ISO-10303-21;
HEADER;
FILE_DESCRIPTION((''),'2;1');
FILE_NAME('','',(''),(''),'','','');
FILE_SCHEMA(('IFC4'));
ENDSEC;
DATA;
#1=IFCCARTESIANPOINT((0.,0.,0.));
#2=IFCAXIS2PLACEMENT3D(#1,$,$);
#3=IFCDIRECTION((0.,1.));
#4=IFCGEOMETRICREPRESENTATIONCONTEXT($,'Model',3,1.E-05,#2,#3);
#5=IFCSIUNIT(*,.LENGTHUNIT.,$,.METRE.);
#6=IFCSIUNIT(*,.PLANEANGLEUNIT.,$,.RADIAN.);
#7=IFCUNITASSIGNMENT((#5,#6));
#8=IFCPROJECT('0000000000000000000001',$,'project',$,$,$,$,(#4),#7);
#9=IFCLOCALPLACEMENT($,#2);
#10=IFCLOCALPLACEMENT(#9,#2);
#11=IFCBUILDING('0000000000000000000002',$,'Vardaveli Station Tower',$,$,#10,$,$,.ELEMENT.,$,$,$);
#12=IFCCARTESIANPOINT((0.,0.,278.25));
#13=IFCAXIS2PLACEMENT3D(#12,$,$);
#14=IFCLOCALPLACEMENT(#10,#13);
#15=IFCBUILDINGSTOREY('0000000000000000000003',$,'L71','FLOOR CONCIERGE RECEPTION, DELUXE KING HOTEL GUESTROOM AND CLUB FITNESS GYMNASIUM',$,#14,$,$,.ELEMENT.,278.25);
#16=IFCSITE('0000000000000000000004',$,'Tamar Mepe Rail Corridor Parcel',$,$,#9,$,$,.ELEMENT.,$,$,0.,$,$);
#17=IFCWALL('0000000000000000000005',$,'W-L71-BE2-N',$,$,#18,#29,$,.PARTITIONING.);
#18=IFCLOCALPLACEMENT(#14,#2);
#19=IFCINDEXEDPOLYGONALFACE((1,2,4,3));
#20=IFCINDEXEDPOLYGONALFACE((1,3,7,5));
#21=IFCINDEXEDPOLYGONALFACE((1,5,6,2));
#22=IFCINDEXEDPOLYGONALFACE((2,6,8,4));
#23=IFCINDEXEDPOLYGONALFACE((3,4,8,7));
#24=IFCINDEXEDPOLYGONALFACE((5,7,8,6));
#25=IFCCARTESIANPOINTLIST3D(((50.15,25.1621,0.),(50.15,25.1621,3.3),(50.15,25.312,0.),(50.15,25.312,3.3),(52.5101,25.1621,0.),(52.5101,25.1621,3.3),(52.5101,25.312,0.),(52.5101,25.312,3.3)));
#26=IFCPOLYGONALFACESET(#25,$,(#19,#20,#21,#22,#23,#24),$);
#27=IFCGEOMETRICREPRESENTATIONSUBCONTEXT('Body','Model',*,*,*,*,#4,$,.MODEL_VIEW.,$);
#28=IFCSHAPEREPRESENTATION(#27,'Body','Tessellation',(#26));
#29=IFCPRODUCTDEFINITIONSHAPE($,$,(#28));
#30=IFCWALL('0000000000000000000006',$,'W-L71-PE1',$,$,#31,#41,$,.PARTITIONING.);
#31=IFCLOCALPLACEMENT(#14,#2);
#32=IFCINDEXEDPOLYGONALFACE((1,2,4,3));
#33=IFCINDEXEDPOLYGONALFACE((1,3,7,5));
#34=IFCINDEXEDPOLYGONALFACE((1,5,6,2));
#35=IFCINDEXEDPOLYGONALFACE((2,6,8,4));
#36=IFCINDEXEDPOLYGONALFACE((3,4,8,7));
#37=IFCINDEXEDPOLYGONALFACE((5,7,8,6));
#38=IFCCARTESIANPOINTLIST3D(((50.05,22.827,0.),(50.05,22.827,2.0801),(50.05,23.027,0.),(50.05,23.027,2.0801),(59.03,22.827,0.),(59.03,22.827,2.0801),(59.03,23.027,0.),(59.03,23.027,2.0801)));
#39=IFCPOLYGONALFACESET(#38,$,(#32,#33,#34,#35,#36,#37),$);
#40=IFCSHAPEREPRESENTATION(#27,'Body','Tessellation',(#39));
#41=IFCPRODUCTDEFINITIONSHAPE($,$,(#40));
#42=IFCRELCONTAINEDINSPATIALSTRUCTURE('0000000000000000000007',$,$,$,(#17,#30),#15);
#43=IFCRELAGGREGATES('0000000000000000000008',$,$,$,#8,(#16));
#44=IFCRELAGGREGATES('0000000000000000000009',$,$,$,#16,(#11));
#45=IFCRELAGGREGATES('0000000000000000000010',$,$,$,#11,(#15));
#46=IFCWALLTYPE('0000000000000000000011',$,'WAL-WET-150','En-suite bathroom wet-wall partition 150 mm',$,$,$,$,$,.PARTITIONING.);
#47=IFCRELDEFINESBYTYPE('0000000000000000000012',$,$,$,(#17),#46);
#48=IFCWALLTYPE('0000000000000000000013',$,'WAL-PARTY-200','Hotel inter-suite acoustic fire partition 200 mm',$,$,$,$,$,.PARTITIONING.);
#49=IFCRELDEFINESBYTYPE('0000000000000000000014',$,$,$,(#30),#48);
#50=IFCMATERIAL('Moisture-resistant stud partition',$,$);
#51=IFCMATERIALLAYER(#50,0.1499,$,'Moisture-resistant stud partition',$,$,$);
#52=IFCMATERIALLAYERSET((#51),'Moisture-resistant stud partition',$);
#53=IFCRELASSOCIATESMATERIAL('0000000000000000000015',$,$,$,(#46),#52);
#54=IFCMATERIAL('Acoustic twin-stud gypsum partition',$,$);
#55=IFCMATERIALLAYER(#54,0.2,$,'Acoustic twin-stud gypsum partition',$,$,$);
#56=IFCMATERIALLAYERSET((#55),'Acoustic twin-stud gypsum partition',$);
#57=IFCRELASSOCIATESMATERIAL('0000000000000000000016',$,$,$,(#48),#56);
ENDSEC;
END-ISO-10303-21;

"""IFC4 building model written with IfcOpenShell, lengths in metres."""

from ifc_helpers import new_model, si_unit, direction, frame, frame_2d, origin, place, context, subcontext, project, spatial, rectangle, extrude, source, transform, mapped, material, layer, layer_set, type_object, element, save


model = new_model("IFC4")

# Units and contexts
model_context = context("Model", 3, precision=1e-05, world=origin(), true_north=direction((0.0, 1.0)))
body_context = subcontext(model_context, "Body", "Model", "MODEL_VIEW")
ifc_project = project(units=[si_unit("LENGTHUNIT", "METRE"), si_unit("PLANEANGLEUNIT", "RADIAN")], contexts=[model_context])

# Site, building, storey
site_placement = place(None, origin())
site = spatial("IfcSite", under=ifc_project, at=site_placement, Name="Tamar Mepe Rail Corridor Parcel", CompositionType="ELEMENT", RefElevation=0.0)
building_placement = place(site_placement, origin())
building = spatial("IfcBuilding", under=site, at=building_placement, Name="Vardaveli Station Tower", CompositionType="ELEMENT")
storey_placement = place(building_placement, frame((0.0, 0.0, 278.25)))
storey = spatial("IfcBuildingStorey", under=building, at=storey_placement, Name="L71", Description="FLOOR CONCIERGE RECEPTION, DELUXE KING HOTEL GUESTROOM AND CLUB FITNESS GYMNASIUM", CompositionType="ELEMENT", Elevation=278.25)

# Shared definitions
ifc_material_1 = material(Name="Moisture-resistant stud partition")
ifc_layer_1 = layer(ifc_material_1, 0.1499, Name="Moisture-resistant stud partition")
ifc_layer_set_1 = layer_set([ifc_layer_1], Name="Moisture-resistant stud partition")
wall_type_1 = type_object("IfcWallType", Name="WAL-WET-150", Description="En-suite bathroom wet-wall partition 150 mm", PredefinedType="PARTITIONING", material=ifc_layer_set_1)

# Walls
shared_shape_1 = source(origin(), body_context, "Body", "SweptSolid", [
    extrude(rectangle(XDim=2.3601, YDim=0.1499, at=frame_2d((1.1802, 0.0))), origin(), (0.0, 0.0, 1.0), 3.3),
])
wall_1_placement = place(storey_placement, frame((50.1499, 25.2371, 0.0), z_axis=(0.0, 0.0, 1.0), x_axis=(1.0, 0.0, 0.0)))
element("IfcWall", 1, at=wall_1_placement, inside=storey, type_object=wall_type_1, Name="W-L71-BE2-N", PredefinedType="PARTITIONING", context=body_context, shape_type="MappedRepresentation", body=[
    mapped(shared_shape_1, transform((0.0, 0.0, 0.0), scale=1.0)),
])
ifc_material_2 = material(Name="Acoustic twin-stud gypsum partition")
ifc_layer_2 = layer(ifc_material_2, 0.2, Name="Acoustic twin-stud gypsum partition")
ifc_layer_set_2 = layer_set([ifc_layer_2], Name="Acoustic twin-stud gypsum partition")
wall_type_2 = type_object("IfcWallType", Name="WAL-PARTY-200", Description="Hotel inter-suite acoustic fire partition 200 mm", PredefinedType="PARTITIONING", material=ifc_layer_set_2)
shared_shape_2 = source(origin(), body_context, "Body", "SweptSolid", [
    extrude(rectangle(XDim=8.98, YDim=0.2, at=frame_2d((4.49, 0.0))), origin(), (0.0, 0.0, 1.0), 2.0801),
])
wall_2_placement = place(storey_placement, frame((50.05, 22.927, 0.0), z_axis=(0.0, 0.0, 1.0), x_axis=(1.0, 0.0, 0.0)))
element("IfcWall", 2, at=wall_2_placement, inside=storey, type_object=wall_type_2, Name="W-L71-PE1", PredefinedType="PARTITIONING", context=body_context, shape_type="MappedRepresentation", body=[
    mapped(shared_shape_2, transform((0.0, 0.0, 0.0), scale=1.0)),
])

save(model, "model.ifc")
